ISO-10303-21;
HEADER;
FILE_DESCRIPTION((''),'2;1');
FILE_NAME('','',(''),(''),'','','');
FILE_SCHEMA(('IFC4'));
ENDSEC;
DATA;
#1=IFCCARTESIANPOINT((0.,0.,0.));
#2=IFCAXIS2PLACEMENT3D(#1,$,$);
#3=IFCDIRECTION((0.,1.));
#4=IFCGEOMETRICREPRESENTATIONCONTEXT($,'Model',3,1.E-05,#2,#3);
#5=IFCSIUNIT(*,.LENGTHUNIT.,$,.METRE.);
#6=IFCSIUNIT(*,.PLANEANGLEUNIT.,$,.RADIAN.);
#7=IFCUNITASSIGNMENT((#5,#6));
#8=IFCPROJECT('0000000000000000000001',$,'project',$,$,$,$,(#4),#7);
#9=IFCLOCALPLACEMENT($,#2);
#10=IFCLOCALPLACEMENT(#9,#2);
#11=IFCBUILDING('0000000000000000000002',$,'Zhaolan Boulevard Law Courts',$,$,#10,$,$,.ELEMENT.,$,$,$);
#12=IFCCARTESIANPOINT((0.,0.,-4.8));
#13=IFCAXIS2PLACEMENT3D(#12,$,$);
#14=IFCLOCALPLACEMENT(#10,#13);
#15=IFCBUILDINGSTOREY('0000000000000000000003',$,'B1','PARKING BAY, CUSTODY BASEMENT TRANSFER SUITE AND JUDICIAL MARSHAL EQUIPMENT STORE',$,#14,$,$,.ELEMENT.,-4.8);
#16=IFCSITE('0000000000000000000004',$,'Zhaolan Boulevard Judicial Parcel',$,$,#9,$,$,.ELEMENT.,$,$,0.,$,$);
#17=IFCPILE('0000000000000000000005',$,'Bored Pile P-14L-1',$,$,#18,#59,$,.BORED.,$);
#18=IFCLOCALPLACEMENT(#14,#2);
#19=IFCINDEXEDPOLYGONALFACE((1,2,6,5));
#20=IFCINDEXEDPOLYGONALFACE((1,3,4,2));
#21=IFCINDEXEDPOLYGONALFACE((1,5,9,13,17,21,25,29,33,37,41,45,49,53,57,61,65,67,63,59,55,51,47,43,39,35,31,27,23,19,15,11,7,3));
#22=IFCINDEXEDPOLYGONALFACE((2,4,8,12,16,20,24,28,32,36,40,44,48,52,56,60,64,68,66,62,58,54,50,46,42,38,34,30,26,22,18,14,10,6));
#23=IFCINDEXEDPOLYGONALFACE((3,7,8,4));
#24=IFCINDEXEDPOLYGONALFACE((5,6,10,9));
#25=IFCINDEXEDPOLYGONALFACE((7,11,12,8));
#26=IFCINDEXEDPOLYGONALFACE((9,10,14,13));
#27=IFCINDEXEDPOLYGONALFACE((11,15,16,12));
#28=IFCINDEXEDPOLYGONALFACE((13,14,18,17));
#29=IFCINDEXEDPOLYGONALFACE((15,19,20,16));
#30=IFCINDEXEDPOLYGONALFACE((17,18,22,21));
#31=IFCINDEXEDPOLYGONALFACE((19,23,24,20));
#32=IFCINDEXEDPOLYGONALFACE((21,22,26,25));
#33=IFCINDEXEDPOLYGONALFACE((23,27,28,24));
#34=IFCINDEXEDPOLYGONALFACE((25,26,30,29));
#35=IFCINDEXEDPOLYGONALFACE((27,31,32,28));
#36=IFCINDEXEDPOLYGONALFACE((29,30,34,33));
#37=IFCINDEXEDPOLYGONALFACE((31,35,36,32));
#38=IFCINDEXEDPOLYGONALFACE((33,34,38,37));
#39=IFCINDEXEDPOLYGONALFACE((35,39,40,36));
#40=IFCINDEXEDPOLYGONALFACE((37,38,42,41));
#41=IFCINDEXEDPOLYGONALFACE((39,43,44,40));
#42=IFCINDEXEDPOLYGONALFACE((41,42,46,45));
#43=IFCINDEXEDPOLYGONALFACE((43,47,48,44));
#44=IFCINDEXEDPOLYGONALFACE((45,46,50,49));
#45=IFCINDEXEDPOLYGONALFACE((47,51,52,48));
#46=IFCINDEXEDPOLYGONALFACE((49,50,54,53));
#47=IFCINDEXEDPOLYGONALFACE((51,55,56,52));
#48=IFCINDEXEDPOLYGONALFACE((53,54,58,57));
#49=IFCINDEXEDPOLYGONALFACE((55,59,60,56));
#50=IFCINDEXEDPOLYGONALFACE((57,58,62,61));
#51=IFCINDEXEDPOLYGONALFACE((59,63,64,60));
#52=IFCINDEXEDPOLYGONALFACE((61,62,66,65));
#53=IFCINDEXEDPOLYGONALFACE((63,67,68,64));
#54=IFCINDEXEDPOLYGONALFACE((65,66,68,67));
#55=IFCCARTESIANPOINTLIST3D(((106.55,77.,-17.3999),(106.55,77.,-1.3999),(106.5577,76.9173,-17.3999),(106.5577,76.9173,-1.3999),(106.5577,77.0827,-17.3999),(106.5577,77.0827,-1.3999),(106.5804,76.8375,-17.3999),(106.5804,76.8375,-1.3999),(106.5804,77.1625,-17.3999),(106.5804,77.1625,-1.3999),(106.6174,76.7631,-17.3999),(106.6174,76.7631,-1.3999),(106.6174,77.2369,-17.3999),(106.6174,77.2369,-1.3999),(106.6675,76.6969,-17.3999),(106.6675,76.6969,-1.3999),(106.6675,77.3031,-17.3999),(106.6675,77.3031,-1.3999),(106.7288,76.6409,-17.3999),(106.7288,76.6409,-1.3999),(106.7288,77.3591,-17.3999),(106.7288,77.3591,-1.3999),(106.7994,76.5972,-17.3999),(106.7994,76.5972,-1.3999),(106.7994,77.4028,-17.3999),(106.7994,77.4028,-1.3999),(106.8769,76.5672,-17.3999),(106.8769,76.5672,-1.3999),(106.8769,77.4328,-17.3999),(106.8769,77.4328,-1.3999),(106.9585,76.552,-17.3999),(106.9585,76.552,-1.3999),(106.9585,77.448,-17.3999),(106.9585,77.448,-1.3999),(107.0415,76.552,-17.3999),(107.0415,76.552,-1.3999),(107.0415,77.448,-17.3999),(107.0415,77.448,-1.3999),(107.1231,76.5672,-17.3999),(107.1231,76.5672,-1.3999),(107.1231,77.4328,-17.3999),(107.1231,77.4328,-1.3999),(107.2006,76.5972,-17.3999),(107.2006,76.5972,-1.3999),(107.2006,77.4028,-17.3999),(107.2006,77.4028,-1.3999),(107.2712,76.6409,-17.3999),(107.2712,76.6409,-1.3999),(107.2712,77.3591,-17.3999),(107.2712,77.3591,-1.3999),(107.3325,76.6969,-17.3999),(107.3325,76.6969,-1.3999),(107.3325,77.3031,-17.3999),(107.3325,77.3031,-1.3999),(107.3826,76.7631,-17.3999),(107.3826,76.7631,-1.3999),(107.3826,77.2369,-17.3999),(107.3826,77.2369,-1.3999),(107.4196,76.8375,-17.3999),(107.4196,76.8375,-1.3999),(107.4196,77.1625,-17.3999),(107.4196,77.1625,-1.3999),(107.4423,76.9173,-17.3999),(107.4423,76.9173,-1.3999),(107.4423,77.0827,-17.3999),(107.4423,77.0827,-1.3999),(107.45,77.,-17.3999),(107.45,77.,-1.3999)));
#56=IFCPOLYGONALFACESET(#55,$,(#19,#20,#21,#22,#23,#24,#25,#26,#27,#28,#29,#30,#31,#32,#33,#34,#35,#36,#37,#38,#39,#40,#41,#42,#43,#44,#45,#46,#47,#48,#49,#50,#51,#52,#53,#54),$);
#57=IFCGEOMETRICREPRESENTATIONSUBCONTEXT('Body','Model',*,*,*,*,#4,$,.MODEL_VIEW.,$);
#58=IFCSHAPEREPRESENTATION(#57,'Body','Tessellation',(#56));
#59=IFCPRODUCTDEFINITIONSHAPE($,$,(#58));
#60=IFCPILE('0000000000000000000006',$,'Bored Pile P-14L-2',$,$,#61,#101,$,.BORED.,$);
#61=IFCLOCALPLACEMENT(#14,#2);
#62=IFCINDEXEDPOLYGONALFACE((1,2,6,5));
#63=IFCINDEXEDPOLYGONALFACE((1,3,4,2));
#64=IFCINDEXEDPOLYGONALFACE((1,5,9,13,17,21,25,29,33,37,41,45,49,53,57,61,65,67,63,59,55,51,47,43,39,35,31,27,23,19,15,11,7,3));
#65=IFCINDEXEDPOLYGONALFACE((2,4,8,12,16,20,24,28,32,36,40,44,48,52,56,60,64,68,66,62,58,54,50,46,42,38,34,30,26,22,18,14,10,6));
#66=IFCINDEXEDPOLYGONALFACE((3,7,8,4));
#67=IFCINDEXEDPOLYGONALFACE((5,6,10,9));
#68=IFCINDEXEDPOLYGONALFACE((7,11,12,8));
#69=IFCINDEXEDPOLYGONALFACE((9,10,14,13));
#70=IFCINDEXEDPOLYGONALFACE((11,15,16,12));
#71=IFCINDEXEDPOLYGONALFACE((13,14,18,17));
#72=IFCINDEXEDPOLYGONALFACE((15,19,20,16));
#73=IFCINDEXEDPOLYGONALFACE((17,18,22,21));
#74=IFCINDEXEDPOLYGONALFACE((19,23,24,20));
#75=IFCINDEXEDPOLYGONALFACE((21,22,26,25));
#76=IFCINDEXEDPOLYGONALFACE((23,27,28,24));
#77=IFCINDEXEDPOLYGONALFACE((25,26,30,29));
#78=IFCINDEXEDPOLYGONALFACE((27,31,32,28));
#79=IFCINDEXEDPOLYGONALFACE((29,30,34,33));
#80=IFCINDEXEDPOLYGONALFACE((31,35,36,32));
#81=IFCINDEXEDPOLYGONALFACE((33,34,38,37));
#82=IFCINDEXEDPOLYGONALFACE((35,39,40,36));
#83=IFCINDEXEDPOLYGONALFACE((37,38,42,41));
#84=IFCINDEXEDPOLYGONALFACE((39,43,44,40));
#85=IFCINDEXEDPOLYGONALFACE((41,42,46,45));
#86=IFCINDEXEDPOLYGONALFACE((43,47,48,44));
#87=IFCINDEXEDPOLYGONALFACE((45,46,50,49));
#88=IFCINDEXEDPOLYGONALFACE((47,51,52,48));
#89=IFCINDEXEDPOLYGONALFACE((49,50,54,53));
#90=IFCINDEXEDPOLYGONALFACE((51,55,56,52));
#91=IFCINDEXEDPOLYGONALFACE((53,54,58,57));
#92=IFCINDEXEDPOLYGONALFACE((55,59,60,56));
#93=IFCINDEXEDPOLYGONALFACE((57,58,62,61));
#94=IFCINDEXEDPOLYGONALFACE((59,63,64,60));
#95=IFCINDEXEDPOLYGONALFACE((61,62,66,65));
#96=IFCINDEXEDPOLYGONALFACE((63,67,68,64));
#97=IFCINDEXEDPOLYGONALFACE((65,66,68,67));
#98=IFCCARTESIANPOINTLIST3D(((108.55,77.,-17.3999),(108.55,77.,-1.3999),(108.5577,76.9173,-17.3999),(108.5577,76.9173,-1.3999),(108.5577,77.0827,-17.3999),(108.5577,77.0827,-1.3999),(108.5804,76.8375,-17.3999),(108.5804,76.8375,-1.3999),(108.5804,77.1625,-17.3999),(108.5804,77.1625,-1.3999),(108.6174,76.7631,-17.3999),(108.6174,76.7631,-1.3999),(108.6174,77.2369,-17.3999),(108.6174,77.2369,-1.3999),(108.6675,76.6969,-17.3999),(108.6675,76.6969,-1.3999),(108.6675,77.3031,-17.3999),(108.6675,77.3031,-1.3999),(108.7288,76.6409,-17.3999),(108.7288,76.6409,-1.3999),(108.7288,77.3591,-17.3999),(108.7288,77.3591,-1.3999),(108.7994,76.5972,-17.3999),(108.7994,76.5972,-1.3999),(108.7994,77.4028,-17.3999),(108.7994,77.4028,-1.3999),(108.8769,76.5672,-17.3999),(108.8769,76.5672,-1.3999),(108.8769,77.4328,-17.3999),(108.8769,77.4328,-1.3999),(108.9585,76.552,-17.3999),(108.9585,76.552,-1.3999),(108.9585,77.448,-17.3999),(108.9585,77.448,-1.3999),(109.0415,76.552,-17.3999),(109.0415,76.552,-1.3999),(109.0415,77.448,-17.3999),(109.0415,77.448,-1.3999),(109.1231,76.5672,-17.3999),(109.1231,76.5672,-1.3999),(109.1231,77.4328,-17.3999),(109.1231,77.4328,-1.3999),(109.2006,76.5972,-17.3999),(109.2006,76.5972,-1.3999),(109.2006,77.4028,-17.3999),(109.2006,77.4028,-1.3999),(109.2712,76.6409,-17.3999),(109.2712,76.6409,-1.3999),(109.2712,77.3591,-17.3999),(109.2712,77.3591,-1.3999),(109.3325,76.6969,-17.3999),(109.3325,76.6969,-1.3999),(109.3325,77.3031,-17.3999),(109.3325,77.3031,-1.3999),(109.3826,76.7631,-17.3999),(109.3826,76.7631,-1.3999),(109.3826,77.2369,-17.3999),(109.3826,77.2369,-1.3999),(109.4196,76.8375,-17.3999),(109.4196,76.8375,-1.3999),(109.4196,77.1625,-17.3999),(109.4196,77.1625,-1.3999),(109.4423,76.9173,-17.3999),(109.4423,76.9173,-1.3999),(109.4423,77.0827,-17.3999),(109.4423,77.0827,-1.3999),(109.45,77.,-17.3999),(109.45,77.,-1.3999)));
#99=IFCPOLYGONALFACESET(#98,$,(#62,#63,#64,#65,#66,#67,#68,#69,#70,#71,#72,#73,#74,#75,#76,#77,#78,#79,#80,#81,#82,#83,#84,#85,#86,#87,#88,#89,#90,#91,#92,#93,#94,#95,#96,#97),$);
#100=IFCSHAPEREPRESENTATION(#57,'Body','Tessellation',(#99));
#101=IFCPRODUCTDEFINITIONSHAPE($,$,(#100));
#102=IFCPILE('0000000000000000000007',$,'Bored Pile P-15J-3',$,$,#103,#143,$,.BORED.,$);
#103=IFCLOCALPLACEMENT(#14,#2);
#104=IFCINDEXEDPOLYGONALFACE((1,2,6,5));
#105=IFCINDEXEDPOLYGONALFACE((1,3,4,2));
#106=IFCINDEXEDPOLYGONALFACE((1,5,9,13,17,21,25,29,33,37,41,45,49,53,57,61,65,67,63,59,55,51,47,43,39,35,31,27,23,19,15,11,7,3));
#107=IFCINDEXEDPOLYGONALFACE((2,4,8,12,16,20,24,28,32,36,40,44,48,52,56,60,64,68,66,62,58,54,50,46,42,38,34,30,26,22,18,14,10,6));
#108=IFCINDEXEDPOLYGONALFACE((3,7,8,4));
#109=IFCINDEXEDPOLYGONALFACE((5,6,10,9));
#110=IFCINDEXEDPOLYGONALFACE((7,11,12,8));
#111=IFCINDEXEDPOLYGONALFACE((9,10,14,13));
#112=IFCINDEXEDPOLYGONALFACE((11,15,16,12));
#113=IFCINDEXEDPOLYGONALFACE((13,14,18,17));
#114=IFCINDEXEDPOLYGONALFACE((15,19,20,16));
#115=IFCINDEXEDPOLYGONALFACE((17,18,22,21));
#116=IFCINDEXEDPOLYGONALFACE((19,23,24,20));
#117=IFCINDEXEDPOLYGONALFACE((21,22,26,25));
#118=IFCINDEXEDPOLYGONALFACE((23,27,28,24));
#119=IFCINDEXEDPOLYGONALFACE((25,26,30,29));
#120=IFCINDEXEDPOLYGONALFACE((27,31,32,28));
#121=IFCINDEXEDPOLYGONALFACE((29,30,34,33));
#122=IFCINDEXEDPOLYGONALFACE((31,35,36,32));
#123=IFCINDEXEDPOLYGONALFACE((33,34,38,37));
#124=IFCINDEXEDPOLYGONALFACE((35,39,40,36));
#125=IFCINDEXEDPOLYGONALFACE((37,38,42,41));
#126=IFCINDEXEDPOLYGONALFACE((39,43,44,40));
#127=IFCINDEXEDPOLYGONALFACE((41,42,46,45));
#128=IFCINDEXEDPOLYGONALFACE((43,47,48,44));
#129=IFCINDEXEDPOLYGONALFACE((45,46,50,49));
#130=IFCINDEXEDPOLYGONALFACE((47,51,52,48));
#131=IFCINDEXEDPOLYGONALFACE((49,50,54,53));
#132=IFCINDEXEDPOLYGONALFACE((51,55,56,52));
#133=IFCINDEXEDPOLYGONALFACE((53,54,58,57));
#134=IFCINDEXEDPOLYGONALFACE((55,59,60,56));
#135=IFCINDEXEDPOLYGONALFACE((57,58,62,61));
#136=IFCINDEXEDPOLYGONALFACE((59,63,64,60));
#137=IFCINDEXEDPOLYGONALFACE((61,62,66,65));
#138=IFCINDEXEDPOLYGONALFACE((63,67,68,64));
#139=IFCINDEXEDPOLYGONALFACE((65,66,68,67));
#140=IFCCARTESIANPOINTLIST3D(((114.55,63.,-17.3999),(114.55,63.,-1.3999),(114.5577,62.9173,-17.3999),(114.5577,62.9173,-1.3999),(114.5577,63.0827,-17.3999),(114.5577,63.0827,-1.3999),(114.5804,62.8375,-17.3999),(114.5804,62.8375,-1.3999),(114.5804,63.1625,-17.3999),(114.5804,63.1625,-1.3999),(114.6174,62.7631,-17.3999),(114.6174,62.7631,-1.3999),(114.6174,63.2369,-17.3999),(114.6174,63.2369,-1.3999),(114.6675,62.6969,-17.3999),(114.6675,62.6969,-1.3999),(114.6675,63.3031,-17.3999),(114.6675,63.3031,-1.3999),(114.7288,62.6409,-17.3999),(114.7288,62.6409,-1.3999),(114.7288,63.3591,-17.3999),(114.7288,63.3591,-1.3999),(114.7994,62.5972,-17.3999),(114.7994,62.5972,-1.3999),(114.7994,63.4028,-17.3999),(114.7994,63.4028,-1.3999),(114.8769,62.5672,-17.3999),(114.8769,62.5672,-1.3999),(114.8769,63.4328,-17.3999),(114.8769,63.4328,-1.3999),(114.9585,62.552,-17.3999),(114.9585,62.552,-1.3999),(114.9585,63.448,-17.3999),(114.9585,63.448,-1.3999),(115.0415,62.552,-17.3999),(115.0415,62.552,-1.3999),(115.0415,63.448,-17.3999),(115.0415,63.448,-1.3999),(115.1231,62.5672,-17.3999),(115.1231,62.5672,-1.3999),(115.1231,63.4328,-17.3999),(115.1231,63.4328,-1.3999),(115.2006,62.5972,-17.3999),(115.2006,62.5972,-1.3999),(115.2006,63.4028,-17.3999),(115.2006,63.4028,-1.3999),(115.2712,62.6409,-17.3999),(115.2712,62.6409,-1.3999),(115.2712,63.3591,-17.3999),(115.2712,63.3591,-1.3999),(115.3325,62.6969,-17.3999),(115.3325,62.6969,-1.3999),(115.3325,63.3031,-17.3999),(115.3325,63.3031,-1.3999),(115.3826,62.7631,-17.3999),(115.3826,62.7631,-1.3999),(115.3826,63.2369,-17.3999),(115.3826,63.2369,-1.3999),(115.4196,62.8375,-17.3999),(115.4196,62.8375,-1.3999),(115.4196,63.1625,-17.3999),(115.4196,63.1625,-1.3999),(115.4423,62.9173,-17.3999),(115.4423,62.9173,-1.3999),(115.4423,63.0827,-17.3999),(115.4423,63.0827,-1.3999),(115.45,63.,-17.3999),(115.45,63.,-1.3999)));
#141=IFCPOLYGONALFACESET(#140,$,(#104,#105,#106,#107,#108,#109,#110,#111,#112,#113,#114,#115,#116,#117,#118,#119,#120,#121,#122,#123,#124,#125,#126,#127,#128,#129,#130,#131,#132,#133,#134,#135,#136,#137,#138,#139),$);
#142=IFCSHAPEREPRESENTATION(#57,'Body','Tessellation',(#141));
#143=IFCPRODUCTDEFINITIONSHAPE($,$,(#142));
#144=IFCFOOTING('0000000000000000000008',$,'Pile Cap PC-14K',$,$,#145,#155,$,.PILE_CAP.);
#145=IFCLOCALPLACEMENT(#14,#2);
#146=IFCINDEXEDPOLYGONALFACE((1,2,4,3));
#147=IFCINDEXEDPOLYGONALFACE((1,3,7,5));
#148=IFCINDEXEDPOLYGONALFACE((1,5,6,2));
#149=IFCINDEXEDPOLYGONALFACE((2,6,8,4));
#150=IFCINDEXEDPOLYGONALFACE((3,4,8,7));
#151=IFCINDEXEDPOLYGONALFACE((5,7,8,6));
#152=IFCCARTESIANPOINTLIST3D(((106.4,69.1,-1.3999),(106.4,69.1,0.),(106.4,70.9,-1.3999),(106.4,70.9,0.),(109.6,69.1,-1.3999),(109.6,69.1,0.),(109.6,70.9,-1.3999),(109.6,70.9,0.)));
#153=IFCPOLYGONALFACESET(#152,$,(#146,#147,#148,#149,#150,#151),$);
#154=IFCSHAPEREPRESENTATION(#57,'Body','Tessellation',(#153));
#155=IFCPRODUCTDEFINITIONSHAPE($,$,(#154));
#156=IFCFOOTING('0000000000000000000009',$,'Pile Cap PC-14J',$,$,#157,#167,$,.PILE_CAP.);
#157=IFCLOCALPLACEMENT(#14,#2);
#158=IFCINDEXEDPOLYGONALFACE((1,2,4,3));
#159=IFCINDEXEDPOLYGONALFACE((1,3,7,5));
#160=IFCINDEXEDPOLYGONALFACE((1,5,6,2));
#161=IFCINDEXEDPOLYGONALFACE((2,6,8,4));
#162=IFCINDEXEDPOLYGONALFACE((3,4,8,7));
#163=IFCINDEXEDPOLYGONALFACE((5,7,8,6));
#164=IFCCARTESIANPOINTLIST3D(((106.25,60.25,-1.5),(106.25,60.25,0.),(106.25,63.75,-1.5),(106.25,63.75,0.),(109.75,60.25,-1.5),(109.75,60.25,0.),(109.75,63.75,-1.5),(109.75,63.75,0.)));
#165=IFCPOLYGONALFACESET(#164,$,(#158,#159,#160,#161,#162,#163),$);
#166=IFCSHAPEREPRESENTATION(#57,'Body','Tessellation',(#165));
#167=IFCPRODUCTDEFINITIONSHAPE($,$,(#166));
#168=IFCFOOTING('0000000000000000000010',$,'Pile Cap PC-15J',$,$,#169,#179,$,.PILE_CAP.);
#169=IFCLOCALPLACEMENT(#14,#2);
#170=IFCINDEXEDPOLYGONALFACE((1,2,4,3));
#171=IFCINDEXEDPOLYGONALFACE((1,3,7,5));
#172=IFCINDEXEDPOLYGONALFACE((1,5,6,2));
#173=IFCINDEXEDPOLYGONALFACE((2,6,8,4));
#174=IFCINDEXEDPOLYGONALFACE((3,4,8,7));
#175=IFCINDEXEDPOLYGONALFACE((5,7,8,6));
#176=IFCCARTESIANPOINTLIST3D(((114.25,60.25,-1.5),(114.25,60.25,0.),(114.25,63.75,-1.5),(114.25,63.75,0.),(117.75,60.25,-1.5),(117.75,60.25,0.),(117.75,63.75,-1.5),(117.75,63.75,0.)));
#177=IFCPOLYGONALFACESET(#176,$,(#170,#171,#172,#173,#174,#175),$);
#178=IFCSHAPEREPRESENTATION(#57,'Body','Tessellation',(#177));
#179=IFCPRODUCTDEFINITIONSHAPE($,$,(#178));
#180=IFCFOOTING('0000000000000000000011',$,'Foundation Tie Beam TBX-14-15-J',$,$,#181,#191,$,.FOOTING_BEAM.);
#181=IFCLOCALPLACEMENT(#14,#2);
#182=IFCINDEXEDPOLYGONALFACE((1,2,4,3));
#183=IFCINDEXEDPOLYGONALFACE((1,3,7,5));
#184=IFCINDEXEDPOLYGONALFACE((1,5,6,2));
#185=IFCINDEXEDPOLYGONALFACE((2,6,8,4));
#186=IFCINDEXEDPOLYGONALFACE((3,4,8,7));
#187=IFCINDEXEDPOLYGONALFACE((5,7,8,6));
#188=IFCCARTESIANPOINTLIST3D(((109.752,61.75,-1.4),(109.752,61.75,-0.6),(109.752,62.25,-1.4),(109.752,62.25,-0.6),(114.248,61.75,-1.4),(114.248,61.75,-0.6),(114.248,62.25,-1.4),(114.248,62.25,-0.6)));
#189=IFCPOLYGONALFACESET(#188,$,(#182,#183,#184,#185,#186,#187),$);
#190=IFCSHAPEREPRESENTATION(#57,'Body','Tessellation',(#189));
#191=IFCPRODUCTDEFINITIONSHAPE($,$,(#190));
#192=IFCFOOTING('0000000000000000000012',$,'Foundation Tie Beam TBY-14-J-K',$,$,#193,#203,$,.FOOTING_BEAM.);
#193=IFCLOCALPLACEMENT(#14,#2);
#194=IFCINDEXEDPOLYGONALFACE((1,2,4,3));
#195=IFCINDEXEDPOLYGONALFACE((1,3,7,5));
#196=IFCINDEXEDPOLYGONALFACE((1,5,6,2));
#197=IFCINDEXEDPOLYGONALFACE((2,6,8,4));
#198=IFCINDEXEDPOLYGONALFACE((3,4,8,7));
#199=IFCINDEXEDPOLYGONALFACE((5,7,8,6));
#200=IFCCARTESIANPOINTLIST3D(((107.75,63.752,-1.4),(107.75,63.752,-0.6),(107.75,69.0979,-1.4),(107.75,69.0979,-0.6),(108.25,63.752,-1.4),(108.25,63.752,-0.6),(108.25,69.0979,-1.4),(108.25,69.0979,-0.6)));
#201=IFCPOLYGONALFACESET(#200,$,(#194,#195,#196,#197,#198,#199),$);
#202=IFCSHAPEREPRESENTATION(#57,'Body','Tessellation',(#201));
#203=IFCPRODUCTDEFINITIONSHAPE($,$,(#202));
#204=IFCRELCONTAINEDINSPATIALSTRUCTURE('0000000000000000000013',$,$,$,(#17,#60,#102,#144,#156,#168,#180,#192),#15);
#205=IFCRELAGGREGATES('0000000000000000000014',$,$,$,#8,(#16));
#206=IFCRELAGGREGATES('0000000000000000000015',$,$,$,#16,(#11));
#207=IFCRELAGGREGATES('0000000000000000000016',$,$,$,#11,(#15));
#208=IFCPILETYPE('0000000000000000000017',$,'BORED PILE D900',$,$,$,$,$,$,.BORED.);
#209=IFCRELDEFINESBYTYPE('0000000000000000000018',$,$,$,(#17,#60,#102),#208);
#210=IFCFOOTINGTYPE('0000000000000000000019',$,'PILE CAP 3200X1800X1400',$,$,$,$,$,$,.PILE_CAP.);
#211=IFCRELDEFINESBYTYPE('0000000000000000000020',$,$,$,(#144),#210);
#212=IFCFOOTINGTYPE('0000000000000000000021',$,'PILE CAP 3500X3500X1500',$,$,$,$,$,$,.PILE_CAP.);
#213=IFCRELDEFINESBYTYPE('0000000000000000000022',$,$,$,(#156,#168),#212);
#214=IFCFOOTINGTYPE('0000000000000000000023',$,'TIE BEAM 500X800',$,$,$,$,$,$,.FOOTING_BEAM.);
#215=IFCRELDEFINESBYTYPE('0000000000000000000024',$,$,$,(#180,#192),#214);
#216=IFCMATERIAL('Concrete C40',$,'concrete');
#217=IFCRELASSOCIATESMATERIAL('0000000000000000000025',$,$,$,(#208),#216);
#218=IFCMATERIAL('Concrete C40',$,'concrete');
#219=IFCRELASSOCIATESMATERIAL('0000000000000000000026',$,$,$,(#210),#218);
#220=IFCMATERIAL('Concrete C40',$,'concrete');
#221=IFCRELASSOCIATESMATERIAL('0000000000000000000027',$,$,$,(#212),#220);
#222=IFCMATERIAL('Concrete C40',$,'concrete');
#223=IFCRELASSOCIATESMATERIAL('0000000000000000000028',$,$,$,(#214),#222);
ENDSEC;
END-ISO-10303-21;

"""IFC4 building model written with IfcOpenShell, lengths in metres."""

from ifc_helpers import new_model, si_unit, direction, frame, origin, origin_2d, place, context, subcontext, project, spatial, rectangle, circle, extrude, material, material_profile, profile_set, type_object, element, save


model = new_model("IFC4")

# Units and contexts
model_context = context("Model", 3, precision=1e-05, world=origin(), true_north=direction((0.0, 1.0)))
body_context = subcontext(model_context, "Body", "Model", "MODEL_VIEW")
ifc_project = project(units=[si_unit("LENGTHUNIT", "METRE"), si_unit("PLANEANGLEUNIT", "RADIAN")], contexts=[model_context])

# Site, building, storey
site_placement = place(None, origin())
site = spatial("IfcSite", under=ifc_project, at=site_placement, Name="Zhaolan Boulevard Judicial Parcel", CompositionType="ELEMENT", RefElevation=0.0)
building_placement = place(site_placement, origin())
building = spatial("IfcBuilding", under=site, at=building_placement, Name="Zhaolan Boulevard Law Courts", CompositionType="ELEMENT")
storey_placement = place(building_placement, frame((0.0, 0.0, -4.8)))
storey = spatial("IfcBuildingStorey", under=building, at=storey_placement, Name="B1", Description="PARKING BAY, CUSTODY BASEMENT TRANSFER SUITE AND JUDICIAL MARSHAL EQUIPMENT STORE", CompositionType="ELEMENT", Elevation=-4.8)

# Piles
ifc_material_1 = material(Name="Concrete C40", Category="concrete")
ifc_material_profile_1 = material_profile(ifc_material_1, circle(Radius=0.45, at=origin_2d()), Name="PILE-D900")
ifc_profile_set_1 = profile_set([ifc_material_profile_1], Name="Concrete C40")
pile_type_1 = type_object("IfcPileType", Name="BORED PILE D900", PredefinedType="BORED", material=ifc_profile_set_1)
for number, where, z_axis, x_axis, name in (
    (1, (107.0, 77.0, -1.3999), (0.0, 0.0, -1.0), (1.0, 0.0, 0.0), "Bored Pile P-14L-1"),
    (2, (109.0, 77.0, -1.3999), (0.0, 0.0, -1.0), (1.0, 0.0, 0.0), "Bored Pile P-14L-2"),
    (3, (115.0, 63.0, -1.3999), (0.0, 0.0, -1.0), (1.0, 0.0, 0.0), "Bored Pile P-15J-3"),
):
    element("IfcPile", number, at=place(storey_placement, frame(where, z_axis=z_axis, x_axis=x_axis)), inside=storey, type_object=pile_type_1, Name=name, PredefinedType="BORED", context=body_context, shape_type="SweptSolid", body=[
        extrude(circle(Radius=0.45, at=origin_2d()), origin(), (0.0, 0.0, 1.0), 16.0),
    ])

# Footings
ifc_material_2 = material(Name="Concrete C40", Category="concrete")
footing_type_1 = type_object("IfcFootingType", Name="PILE CAP 3200X1800X1400", PredefinedType="PILE_CAP", material=ifc_material_2)
footing_1_placement = place(storey_placement, frame((108.0, 70.0, -1.3999), z_axis=(0.0, 0.0, 1.0), x_axis=(1.0, 0.0, 0.0)))
element("IfcFooting", 4, at=footing_1_placement, inside=storey, type_object=footing_type_1, Name="Pile Cap PC-14K", PredefinedType="PILE_CAP", context=body_context, shape_type="SweptSolid", body=[
    extrude(rectangle(XDim=3.2, YDim=1.8, at=origin_2d()), origin(), (0.0, 0.0, 1.0), 1.3999),
])
ifc_material_3 = material(Name="Concrete C40", Category="concrete")
footing_type_2 = type_object("IfcFootingType", Name="PILE CAP 3500X3500X1500", PredefinedType="PILE_CAP", material=ifc_material_3)
for number, where, z_axis, x_axis, name in (
    (5, (108.0, 62.0, -1.5), (0.0, 0.0, 1.0), (1.0, 0.0, 0.0), "Pile Cap PC-14J"),
    (6, (116.0, 62.0, -1.5), (0.0, 0.0, 1.0), (1.0, 0.0, 0.0), "Pile Cap PC-15J"),
):
    element("IfcFooting", number, at=place(storey_placement, frame(where, z_axis=z_axis, x_axis=x_axis)), inside=storey, type_object=footing_type_2, Name=name, PredefinedType="PILE_CAP", context=body_context, shape_type="SweptSolid", body=[
        extrude(rectangle(XDim=3.5, YDim=3.5, at=origin_2d()), origin(), (0.0, 0.0, 1.0), 1.5),
    ])
ifc_material_4 = material(Name="Concrete C40", Category="concrete")
ifc_material_profile_2 = material_profile(ifc_material_4, rectangle(XDim=0.5, YDim=0.8, at=origin_2d()), Name="RC500x800")
ifc_profile_set_2 = profile_set([ifc_material_profile_2], Name="Concrete C40")
footing_type_3 = type_object("IfcFootingType", Name="TIE BEAM 500X800", PredefinedType="FOOTING_BEAM", material=ifc_profile_set_2)
footing_2_placement = place(storey_placement, frame((109.752, 62.0, -1.0), z_axis=(1.0, 0.0, 0.0), x_axis=(0.0, 1.0, 0.0)))
element("IfcFooting", 7, at=footing_2_placement, inside=storey, type_object=footing_type_3, Name="Foundation Tie Beam TBX-14-15-J", PredefinedType="FOOTING_BEAM", context=body_context, shape_type="SweptSolid", body=[
    extrude(rectangle(XDim=0.5, YDim=0.8, at=origin_2d()), origin(), (0.0, 0.0, 1.0), 4.4961),
])
for number, where, z_axis, x_axis, name in (
    (8, (108.0, 63.752, -1.0), (0.0, 1.0, 0.0), (-1.0, 0.0, 0.0), "Foundation Tie Beam TBY-14-J-K"),
):
    element("IfcFooting", number, at=place(storey_placement, frame(where, z_axis=z_axis, x_axis=x_axis)), inside=storey, type_object=footing_type_3, Name=name, PredefinedType="FOOTING_BEAM", context=body_context, shape_type="SweptSolid", body=[
        extrude(rectangle(XDim=0.5, YDim=0.8, at=origin_2d()), origin(), (0.0, 0.0, 1.0), 5.3459),
    ])

save(model, "model.ifc")
